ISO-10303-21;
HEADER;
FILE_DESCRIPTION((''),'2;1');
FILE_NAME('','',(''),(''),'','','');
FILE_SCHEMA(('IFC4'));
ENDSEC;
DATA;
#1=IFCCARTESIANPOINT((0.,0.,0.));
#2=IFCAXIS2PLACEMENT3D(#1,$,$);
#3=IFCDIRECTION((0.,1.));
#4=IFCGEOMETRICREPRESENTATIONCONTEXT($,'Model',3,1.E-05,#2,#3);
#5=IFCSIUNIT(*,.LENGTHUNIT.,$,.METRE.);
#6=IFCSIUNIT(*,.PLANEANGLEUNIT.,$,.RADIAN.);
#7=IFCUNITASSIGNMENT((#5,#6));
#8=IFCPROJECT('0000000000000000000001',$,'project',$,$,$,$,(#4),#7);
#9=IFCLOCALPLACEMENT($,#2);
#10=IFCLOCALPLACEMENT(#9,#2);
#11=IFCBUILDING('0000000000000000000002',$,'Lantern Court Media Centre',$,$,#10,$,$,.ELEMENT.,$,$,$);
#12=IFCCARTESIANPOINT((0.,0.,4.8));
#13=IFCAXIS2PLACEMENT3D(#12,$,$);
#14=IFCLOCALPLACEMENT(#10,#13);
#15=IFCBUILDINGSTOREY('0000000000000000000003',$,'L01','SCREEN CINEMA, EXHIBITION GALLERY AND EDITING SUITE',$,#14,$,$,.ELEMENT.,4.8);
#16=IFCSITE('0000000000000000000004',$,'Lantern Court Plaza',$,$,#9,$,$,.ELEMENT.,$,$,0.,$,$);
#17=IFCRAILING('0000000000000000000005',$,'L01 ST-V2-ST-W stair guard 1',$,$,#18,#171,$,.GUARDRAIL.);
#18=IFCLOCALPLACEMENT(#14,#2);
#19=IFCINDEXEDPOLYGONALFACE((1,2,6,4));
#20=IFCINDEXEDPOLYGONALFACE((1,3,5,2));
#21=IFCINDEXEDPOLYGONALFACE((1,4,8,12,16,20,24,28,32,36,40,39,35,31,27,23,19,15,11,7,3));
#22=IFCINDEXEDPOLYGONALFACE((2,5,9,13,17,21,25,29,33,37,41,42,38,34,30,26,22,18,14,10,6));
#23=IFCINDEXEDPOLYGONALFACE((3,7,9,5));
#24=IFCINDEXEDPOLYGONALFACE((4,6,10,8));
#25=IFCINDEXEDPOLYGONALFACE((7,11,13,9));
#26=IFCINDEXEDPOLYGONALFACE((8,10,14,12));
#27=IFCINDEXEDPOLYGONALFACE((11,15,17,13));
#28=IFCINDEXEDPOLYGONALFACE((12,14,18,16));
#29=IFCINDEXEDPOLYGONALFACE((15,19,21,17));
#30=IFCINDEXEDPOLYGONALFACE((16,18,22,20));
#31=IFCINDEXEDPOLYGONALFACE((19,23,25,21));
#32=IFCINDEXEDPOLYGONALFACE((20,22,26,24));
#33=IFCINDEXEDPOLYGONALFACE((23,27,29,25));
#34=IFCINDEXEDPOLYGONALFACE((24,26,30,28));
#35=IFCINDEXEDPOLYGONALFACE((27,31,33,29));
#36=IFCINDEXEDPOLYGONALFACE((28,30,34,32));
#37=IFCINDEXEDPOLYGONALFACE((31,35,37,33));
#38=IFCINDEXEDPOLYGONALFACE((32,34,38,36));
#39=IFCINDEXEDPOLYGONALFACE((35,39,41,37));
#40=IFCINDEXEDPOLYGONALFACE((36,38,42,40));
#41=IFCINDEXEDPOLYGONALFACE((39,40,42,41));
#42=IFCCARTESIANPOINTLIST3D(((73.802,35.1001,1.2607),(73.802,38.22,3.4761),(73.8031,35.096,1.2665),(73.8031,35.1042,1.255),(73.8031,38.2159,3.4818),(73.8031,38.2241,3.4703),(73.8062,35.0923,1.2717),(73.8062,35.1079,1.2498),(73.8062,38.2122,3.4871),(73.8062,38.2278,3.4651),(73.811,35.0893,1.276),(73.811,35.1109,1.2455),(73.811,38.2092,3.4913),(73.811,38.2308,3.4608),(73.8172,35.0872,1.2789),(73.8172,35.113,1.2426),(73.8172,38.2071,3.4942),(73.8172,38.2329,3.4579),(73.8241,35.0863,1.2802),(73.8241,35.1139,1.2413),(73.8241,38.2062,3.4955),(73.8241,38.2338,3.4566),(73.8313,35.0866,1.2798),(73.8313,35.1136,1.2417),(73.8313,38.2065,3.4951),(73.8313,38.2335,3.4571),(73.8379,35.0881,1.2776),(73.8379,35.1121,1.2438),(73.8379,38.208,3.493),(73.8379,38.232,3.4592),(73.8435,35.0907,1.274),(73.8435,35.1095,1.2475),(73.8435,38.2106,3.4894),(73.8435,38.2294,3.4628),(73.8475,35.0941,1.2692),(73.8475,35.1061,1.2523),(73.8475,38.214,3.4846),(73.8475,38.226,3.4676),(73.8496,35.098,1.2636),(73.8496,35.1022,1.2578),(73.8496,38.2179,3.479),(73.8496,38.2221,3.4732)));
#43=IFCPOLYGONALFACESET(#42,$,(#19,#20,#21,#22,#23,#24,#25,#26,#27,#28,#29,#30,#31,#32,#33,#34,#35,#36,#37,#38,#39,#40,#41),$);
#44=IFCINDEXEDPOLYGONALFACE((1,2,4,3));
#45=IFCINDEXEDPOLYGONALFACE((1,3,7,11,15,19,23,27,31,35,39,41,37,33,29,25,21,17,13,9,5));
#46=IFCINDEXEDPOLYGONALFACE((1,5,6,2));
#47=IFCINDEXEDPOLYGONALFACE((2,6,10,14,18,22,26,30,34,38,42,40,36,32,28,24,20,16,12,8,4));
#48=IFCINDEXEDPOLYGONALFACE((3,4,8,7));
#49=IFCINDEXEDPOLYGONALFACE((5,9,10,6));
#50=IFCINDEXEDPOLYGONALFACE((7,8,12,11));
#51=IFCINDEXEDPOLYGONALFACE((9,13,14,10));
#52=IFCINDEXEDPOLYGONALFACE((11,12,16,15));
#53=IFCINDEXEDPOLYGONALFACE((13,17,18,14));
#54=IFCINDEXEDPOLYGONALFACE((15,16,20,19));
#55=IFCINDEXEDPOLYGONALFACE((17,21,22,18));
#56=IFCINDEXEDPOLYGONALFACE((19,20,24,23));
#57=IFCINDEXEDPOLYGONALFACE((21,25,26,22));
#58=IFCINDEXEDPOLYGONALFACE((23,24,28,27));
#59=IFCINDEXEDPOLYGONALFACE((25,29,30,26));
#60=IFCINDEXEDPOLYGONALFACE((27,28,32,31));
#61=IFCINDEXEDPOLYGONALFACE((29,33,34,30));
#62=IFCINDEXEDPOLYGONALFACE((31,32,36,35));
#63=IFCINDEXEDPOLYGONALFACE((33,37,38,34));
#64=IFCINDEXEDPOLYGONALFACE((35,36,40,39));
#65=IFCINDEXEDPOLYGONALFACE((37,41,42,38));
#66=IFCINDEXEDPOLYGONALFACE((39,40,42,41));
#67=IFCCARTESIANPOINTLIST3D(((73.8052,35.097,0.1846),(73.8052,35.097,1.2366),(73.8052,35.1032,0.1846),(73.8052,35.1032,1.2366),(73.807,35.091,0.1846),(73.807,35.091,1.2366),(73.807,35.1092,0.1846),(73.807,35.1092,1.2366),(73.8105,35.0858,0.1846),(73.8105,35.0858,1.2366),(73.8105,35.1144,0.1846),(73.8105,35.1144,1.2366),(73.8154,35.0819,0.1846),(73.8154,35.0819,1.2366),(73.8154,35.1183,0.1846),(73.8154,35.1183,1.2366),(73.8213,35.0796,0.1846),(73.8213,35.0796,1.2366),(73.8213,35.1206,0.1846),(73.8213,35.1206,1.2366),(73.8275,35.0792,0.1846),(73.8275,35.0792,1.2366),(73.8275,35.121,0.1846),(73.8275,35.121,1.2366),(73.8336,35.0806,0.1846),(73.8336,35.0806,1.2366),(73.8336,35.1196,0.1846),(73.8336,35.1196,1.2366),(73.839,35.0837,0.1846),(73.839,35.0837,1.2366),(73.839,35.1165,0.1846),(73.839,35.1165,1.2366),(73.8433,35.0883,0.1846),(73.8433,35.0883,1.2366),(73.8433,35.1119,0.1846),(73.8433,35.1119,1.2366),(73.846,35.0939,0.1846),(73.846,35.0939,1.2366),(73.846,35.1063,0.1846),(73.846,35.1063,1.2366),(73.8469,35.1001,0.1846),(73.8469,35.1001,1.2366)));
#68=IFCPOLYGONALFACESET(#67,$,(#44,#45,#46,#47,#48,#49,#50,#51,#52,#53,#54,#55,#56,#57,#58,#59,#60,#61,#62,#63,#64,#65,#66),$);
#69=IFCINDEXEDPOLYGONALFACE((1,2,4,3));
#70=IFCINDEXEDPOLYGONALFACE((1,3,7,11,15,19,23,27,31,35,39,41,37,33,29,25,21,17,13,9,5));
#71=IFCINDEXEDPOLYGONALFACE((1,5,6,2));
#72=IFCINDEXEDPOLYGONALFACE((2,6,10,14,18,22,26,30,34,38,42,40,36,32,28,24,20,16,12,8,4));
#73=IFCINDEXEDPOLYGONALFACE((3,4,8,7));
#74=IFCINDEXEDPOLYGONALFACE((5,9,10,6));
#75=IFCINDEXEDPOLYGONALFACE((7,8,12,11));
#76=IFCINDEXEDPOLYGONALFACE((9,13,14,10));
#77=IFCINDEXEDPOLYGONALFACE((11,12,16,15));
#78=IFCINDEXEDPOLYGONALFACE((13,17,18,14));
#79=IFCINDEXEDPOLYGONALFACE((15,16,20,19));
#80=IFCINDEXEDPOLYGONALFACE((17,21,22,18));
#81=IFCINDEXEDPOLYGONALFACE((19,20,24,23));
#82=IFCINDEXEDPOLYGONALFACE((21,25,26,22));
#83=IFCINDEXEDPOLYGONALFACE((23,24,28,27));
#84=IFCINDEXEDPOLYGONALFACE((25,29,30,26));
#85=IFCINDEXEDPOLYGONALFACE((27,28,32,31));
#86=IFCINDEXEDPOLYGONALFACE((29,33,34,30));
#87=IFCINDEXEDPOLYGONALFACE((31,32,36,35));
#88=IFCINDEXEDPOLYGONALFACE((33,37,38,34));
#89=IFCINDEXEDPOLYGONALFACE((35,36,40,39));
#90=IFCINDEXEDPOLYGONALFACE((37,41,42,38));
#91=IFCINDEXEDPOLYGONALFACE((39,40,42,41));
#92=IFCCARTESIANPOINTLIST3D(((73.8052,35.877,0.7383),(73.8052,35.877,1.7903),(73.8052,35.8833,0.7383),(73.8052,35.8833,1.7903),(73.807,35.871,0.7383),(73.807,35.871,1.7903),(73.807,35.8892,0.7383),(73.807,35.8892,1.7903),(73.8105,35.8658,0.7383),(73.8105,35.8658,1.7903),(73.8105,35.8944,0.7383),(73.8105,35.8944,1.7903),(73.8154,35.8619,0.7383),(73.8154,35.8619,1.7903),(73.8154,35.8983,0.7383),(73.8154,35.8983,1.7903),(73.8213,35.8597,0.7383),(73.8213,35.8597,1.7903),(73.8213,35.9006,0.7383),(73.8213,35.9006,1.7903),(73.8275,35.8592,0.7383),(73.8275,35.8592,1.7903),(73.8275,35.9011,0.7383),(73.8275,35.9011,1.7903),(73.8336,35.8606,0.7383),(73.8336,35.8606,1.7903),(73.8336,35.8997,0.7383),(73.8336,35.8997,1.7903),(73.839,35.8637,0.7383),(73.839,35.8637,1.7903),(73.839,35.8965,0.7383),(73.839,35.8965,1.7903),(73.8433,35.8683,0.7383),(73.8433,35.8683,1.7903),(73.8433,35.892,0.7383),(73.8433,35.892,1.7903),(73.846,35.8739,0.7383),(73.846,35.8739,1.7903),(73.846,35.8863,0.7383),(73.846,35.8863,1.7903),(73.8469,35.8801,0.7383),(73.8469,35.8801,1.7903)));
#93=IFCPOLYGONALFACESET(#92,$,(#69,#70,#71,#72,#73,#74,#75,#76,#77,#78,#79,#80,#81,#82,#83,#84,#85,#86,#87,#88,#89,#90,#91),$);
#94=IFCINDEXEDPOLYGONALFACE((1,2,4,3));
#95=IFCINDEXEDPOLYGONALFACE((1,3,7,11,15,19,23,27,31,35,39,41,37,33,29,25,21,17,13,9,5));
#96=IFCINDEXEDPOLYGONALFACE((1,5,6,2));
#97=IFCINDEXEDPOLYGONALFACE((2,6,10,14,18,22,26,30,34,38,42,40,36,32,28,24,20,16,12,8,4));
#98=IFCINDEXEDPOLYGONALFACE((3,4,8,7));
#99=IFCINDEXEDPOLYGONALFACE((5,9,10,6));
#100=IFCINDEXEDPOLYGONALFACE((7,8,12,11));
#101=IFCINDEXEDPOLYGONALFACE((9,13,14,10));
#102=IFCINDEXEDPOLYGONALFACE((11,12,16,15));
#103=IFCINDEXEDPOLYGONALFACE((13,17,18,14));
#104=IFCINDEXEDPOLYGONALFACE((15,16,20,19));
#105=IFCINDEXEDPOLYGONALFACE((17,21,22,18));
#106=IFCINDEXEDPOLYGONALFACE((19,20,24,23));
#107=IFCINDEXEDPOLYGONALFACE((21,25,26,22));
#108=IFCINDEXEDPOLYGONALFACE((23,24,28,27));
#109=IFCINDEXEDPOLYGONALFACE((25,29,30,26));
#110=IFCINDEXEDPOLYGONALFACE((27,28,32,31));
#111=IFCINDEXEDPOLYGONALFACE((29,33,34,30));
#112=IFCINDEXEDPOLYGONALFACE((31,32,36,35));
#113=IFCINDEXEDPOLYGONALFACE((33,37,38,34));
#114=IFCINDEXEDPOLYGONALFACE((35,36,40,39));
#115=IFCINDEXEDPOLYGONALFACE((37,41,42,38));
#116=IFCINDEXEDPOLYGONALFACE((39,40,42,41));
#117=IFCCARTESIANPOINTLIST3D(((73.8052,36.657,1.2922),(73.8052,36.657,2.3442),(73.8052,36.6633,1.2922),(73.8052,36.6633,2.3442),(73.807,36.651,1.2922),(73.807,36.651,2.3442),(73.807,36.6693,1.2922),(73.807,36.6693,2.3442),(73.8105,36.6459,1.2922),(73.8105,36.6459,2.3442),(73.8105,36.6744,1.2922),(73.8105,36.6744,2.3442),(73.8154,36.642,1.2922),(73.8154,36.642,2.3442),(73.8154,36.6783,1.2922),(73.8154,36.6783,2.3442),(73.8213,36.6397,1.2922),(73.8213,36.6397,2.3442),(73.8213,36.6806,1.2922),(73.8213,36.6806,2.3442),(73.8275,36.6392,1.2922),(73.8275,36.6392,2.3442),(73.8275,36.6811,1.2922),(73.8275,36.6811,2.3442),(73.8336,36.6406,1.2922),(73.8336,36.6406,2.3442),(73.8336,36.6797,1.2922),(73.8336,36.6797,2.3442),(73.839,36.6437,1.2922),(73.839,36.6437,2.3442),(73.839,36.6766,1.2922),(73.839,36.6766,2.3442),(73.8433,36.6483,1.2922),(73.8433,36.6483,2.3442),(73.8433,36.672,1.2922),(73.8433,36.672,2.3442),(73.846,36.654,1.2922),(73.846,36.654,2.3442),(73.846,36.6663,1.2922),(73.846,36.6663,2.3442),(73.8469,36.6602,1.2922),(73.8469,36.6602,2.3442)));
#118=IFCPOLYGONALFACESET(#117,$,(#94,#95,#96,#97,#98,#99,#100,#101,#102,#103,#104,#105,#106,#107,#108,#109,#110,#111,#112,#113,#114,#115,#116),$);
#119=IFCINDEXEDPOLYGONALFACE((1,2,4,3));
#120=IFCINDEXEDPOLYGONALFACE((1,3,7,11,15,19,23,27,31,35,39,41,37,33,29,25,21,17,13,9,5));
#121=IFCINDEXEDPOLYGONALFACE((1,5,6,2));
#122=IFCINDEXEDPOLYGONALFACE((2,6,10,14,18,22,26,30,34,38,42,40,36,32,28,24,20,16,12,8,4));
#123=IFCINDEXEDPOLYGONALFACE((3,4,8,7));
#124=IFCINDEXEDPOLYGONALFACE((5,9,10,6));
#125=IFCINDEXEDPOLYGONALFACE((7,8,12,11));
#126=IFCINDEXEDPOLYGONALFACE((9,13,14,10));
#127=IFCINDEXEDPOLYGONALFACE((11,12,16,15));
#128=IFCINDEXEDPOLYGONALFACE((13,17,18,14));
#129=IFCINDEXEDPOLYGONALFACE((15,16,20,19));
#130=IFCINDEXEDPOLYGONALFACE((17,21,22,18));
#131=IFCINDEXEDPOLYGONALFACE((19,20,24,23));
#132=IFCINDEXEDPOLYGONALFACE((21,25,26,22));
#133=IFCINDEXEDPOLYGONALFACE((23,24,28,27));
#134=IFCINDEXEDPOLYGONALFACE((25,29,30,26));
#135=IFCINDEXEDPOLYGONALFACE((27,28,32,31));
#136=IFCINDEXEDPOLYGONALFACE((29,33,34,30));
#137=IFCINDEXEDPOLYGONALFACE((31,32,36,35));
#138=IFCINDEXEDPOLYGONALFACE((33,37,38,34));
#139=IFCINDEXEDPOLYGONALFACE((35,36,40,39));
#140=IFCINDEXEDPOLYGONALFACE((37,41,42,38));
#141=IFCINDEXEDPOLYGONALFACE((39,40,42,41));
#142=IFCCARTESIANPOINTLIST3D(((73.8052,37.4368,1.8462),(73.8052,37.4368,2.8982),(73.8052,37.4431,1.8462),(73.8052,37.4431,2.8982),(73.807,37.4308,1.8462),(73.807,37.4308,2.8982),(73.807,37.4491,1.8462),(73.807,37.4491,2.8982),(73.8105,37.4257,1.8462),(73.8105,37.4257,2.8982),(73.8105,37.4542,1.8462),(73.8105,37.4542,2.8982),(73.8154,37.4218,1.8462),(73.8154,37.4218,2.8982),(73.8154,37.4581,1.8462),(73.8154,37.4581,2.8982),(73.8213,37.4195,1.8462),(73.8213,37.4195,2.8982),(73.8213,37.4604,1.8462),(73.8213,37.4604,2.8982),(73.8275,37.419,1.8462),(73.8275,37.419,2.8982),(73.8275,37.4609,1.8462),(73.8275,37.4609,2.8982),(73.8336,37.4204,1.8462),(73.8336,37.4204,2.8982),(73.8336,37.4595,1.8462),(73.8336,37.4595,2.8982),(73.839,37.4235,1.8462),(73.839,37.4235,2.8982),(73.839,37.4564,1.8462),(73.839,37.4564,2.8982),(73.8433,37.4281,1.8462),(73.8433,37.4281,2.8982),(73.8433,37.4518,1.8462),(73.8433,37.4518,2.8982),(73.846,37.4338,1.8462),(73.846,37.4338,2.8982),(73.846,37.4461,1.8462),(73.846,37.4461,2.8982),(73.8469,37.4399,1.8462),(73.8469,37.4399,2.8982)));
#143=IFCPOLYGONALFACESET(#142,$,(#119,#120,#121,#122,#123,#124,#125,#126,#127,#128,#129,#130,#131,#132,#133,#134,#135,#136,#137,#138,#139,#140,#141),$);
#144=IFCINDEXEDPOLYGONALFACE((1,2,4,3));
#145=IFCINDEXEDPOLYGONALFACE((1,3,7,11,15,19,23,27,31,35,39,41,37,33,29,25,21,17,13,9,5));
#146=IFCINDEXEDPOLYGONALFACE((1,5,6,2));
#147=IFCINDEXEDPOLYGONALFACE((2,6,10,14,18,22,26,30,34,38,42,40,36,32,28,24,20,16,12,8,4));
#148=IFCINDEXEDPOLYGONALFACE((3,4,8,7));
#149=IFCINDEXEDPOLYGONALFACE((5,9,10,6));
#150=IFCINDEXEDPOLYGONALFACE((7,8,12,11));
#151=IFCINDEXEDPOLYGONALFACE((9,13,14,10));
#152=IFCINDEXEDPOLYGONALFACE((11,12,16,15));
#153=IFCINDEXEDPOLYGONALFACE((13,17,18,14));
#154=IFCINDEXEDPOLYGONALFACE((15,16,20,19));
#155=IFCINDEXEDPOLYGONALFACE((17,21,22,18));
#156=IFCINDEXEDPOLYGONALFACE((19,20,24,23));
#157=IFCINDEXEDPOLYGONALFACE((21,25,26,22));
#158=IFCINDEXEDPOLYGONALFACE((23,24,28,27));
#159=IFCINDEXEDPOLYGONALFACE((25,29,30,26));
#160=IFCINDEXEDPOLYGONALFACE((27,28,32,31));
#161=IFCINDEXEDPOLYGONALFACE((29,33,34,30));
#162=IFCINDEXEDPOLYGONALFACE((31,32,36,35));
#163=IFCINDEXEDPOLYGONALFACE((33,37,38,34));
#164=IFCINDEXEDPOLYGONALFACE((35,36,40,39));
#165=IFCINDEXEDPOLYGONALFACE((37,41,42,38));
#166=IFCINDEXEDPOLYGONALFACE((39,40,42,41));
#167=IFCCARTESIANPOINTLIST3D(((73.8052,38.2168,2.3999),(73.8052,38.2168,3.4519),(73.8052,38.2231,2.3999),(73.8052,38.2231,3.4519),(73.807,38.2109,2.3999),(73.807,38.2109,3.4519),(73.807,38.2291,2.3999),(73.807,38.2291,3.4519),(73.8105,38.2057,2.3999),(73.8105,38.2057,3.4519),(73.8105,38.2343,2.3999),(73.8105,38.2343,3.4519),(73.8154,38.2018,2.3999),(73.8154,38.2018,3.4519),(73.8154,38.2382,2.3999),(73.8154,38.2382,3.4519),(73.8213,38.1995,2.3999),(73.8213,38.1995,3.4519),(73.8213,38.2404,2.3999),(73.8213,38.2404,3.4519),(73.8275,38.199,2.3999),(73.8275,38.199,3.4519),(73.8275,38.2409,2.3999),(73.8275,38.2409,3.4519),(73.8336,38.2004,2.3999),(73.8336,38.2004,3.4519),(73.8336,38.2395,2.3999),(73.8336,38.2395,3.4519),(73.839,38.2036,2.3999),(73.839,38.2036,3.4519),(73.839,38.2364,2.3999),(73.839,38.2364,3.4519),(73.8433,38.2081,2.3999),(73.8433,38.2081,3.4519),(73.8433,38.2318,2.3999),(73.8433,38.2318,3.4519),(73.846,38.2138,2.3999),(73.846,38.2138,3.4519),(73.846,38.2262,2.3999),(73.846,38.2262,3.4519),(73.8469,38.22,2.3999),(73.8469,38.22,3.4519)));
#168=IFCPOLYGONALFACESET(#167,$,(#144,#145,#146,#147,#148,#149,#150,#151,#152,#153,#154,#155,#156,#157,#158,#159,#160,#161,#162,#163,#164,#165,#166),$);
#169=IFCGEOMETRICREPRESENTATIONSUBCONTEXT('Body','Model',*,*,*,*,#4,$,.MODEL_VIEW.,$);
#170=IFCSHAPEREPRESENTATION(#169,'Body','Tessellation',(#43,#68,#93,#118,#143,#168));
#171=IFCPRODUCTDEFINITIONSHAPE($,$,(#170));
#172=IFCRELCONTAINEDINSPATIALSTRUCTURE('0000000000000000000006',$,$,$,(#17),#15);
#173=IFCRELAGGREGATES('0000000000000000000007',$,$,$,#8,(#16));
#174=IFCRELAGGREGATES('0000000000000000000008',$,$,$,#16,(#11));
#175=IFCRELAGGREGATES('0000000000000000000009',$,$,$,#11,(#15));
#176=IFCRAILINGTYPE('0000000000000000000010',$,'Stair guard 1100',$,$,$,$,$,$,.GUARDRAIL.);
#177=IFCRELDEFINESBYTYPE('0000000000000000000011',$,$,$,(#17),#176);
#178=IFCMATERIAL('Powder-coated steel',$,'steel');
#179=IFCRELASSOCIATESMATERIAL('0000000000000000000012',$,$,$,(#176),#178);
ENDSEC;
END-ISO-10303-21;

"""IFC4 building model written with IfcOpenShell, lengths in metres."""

from ifc_helpers import new_model, si_unit, direction, frame, origin, origin_2d, place, context, subcontext, project, spatial, circle, extrude, material, type_object, element, save


model = new_model("IFC4")

# Units and contexts
model_context = context("Model", 3, precision=1e-05, world=origin(), true_north=direction((0.0, 1.0)))
body_context = subcontext(model_context, "Body", "Model", "MODEL_VIEW")
ifc_project = project(units=[si_unit("LENGTHUNIT", "METRE"), si_unit("PLANEANGLEUNIT", "RADIAN")], contexts=[model_context])

# Site, building, storey
site_placement = place(None, origin())
site = spatial("IfcSite", under=ifc_project, at=site_placement, Name="Lantern Court Plaza", CompositionType="ELEMENT", RefElevation=0.0)
building_placement = place(site_placement, origin())
building = spatial("IfcBuilding", under=site, at=building_placement, Name="Lantern Court Media Centre", CompositionType="ELEMENT")
storey_placement = place(building_placement, frame((0.0, 0.0, 4.8)))
storey = spatial("IfcBuildingStorey", under=building, at=storey_placement, Name="L01", Description="SCREEN CINEMA, EXHIBITION GALLERY AND EDITING SUITE", CompositionType="ELEMENT", Elevation=4.8)

# Railing
ifc_material_1 = material(Name="Powder-coated steel", Category="steel")
railing_type_1 = type_object("IfcRailingType", Name="Stair guard 1100", PredefinedType="GUARDRAIL", material=ifc_material_1)
railing_1_placement = place(storey_placement, frame((73.8259, 35.1001, 0.1846)))
element("IfcRailing", 1, at=railing_1_placement, inside=storey, type_object=railing_type_1, Name="L01 ST-V2-ST-W stair guard 1", PredefinedType="GUARDRAIL", context=body_context, shape_type="SweptSolid", body=[
    extrude(circle(Radius=0.0239, at=origin_2d()), frame((0.0, 0.0, 1.0762), z_axis=(0.0, 0.815356, 0.578961), x_axis=(-1.0, 0.0, 0.0)), (0.0, 0.0, 1.0), 3.8264),
    extrude(circle(Radius=0.021, at=origin_2d()), origin(), (0.0, 0.0, 1.0), 1.052),
    extrude(circle(Radius=0.021, at=origin_2d()), frame((0.0, 0.78, 0.5537)), (0.0, 0.0, 1.0), 1.052),
    extrude(circle(Radius=0.021, at=origin_2d()), frame((0.0, 1.5601, 1.1077)), (0.0, 0.0, 1.0), 1.052),
    extrude(circle(Radius=0.021, at=origin_2d()), frame((0.0, 2.3398, 1.6616)), (0.0, 0.0, 1.0), 1.052),
    extrude(circle(Radius=0.021, at=origin_2d()), frame((0.0, 3.1199, 2.2153)), (0.0, 0.0, 1.0), 1.052),
])

save(model, "model.ifc")
